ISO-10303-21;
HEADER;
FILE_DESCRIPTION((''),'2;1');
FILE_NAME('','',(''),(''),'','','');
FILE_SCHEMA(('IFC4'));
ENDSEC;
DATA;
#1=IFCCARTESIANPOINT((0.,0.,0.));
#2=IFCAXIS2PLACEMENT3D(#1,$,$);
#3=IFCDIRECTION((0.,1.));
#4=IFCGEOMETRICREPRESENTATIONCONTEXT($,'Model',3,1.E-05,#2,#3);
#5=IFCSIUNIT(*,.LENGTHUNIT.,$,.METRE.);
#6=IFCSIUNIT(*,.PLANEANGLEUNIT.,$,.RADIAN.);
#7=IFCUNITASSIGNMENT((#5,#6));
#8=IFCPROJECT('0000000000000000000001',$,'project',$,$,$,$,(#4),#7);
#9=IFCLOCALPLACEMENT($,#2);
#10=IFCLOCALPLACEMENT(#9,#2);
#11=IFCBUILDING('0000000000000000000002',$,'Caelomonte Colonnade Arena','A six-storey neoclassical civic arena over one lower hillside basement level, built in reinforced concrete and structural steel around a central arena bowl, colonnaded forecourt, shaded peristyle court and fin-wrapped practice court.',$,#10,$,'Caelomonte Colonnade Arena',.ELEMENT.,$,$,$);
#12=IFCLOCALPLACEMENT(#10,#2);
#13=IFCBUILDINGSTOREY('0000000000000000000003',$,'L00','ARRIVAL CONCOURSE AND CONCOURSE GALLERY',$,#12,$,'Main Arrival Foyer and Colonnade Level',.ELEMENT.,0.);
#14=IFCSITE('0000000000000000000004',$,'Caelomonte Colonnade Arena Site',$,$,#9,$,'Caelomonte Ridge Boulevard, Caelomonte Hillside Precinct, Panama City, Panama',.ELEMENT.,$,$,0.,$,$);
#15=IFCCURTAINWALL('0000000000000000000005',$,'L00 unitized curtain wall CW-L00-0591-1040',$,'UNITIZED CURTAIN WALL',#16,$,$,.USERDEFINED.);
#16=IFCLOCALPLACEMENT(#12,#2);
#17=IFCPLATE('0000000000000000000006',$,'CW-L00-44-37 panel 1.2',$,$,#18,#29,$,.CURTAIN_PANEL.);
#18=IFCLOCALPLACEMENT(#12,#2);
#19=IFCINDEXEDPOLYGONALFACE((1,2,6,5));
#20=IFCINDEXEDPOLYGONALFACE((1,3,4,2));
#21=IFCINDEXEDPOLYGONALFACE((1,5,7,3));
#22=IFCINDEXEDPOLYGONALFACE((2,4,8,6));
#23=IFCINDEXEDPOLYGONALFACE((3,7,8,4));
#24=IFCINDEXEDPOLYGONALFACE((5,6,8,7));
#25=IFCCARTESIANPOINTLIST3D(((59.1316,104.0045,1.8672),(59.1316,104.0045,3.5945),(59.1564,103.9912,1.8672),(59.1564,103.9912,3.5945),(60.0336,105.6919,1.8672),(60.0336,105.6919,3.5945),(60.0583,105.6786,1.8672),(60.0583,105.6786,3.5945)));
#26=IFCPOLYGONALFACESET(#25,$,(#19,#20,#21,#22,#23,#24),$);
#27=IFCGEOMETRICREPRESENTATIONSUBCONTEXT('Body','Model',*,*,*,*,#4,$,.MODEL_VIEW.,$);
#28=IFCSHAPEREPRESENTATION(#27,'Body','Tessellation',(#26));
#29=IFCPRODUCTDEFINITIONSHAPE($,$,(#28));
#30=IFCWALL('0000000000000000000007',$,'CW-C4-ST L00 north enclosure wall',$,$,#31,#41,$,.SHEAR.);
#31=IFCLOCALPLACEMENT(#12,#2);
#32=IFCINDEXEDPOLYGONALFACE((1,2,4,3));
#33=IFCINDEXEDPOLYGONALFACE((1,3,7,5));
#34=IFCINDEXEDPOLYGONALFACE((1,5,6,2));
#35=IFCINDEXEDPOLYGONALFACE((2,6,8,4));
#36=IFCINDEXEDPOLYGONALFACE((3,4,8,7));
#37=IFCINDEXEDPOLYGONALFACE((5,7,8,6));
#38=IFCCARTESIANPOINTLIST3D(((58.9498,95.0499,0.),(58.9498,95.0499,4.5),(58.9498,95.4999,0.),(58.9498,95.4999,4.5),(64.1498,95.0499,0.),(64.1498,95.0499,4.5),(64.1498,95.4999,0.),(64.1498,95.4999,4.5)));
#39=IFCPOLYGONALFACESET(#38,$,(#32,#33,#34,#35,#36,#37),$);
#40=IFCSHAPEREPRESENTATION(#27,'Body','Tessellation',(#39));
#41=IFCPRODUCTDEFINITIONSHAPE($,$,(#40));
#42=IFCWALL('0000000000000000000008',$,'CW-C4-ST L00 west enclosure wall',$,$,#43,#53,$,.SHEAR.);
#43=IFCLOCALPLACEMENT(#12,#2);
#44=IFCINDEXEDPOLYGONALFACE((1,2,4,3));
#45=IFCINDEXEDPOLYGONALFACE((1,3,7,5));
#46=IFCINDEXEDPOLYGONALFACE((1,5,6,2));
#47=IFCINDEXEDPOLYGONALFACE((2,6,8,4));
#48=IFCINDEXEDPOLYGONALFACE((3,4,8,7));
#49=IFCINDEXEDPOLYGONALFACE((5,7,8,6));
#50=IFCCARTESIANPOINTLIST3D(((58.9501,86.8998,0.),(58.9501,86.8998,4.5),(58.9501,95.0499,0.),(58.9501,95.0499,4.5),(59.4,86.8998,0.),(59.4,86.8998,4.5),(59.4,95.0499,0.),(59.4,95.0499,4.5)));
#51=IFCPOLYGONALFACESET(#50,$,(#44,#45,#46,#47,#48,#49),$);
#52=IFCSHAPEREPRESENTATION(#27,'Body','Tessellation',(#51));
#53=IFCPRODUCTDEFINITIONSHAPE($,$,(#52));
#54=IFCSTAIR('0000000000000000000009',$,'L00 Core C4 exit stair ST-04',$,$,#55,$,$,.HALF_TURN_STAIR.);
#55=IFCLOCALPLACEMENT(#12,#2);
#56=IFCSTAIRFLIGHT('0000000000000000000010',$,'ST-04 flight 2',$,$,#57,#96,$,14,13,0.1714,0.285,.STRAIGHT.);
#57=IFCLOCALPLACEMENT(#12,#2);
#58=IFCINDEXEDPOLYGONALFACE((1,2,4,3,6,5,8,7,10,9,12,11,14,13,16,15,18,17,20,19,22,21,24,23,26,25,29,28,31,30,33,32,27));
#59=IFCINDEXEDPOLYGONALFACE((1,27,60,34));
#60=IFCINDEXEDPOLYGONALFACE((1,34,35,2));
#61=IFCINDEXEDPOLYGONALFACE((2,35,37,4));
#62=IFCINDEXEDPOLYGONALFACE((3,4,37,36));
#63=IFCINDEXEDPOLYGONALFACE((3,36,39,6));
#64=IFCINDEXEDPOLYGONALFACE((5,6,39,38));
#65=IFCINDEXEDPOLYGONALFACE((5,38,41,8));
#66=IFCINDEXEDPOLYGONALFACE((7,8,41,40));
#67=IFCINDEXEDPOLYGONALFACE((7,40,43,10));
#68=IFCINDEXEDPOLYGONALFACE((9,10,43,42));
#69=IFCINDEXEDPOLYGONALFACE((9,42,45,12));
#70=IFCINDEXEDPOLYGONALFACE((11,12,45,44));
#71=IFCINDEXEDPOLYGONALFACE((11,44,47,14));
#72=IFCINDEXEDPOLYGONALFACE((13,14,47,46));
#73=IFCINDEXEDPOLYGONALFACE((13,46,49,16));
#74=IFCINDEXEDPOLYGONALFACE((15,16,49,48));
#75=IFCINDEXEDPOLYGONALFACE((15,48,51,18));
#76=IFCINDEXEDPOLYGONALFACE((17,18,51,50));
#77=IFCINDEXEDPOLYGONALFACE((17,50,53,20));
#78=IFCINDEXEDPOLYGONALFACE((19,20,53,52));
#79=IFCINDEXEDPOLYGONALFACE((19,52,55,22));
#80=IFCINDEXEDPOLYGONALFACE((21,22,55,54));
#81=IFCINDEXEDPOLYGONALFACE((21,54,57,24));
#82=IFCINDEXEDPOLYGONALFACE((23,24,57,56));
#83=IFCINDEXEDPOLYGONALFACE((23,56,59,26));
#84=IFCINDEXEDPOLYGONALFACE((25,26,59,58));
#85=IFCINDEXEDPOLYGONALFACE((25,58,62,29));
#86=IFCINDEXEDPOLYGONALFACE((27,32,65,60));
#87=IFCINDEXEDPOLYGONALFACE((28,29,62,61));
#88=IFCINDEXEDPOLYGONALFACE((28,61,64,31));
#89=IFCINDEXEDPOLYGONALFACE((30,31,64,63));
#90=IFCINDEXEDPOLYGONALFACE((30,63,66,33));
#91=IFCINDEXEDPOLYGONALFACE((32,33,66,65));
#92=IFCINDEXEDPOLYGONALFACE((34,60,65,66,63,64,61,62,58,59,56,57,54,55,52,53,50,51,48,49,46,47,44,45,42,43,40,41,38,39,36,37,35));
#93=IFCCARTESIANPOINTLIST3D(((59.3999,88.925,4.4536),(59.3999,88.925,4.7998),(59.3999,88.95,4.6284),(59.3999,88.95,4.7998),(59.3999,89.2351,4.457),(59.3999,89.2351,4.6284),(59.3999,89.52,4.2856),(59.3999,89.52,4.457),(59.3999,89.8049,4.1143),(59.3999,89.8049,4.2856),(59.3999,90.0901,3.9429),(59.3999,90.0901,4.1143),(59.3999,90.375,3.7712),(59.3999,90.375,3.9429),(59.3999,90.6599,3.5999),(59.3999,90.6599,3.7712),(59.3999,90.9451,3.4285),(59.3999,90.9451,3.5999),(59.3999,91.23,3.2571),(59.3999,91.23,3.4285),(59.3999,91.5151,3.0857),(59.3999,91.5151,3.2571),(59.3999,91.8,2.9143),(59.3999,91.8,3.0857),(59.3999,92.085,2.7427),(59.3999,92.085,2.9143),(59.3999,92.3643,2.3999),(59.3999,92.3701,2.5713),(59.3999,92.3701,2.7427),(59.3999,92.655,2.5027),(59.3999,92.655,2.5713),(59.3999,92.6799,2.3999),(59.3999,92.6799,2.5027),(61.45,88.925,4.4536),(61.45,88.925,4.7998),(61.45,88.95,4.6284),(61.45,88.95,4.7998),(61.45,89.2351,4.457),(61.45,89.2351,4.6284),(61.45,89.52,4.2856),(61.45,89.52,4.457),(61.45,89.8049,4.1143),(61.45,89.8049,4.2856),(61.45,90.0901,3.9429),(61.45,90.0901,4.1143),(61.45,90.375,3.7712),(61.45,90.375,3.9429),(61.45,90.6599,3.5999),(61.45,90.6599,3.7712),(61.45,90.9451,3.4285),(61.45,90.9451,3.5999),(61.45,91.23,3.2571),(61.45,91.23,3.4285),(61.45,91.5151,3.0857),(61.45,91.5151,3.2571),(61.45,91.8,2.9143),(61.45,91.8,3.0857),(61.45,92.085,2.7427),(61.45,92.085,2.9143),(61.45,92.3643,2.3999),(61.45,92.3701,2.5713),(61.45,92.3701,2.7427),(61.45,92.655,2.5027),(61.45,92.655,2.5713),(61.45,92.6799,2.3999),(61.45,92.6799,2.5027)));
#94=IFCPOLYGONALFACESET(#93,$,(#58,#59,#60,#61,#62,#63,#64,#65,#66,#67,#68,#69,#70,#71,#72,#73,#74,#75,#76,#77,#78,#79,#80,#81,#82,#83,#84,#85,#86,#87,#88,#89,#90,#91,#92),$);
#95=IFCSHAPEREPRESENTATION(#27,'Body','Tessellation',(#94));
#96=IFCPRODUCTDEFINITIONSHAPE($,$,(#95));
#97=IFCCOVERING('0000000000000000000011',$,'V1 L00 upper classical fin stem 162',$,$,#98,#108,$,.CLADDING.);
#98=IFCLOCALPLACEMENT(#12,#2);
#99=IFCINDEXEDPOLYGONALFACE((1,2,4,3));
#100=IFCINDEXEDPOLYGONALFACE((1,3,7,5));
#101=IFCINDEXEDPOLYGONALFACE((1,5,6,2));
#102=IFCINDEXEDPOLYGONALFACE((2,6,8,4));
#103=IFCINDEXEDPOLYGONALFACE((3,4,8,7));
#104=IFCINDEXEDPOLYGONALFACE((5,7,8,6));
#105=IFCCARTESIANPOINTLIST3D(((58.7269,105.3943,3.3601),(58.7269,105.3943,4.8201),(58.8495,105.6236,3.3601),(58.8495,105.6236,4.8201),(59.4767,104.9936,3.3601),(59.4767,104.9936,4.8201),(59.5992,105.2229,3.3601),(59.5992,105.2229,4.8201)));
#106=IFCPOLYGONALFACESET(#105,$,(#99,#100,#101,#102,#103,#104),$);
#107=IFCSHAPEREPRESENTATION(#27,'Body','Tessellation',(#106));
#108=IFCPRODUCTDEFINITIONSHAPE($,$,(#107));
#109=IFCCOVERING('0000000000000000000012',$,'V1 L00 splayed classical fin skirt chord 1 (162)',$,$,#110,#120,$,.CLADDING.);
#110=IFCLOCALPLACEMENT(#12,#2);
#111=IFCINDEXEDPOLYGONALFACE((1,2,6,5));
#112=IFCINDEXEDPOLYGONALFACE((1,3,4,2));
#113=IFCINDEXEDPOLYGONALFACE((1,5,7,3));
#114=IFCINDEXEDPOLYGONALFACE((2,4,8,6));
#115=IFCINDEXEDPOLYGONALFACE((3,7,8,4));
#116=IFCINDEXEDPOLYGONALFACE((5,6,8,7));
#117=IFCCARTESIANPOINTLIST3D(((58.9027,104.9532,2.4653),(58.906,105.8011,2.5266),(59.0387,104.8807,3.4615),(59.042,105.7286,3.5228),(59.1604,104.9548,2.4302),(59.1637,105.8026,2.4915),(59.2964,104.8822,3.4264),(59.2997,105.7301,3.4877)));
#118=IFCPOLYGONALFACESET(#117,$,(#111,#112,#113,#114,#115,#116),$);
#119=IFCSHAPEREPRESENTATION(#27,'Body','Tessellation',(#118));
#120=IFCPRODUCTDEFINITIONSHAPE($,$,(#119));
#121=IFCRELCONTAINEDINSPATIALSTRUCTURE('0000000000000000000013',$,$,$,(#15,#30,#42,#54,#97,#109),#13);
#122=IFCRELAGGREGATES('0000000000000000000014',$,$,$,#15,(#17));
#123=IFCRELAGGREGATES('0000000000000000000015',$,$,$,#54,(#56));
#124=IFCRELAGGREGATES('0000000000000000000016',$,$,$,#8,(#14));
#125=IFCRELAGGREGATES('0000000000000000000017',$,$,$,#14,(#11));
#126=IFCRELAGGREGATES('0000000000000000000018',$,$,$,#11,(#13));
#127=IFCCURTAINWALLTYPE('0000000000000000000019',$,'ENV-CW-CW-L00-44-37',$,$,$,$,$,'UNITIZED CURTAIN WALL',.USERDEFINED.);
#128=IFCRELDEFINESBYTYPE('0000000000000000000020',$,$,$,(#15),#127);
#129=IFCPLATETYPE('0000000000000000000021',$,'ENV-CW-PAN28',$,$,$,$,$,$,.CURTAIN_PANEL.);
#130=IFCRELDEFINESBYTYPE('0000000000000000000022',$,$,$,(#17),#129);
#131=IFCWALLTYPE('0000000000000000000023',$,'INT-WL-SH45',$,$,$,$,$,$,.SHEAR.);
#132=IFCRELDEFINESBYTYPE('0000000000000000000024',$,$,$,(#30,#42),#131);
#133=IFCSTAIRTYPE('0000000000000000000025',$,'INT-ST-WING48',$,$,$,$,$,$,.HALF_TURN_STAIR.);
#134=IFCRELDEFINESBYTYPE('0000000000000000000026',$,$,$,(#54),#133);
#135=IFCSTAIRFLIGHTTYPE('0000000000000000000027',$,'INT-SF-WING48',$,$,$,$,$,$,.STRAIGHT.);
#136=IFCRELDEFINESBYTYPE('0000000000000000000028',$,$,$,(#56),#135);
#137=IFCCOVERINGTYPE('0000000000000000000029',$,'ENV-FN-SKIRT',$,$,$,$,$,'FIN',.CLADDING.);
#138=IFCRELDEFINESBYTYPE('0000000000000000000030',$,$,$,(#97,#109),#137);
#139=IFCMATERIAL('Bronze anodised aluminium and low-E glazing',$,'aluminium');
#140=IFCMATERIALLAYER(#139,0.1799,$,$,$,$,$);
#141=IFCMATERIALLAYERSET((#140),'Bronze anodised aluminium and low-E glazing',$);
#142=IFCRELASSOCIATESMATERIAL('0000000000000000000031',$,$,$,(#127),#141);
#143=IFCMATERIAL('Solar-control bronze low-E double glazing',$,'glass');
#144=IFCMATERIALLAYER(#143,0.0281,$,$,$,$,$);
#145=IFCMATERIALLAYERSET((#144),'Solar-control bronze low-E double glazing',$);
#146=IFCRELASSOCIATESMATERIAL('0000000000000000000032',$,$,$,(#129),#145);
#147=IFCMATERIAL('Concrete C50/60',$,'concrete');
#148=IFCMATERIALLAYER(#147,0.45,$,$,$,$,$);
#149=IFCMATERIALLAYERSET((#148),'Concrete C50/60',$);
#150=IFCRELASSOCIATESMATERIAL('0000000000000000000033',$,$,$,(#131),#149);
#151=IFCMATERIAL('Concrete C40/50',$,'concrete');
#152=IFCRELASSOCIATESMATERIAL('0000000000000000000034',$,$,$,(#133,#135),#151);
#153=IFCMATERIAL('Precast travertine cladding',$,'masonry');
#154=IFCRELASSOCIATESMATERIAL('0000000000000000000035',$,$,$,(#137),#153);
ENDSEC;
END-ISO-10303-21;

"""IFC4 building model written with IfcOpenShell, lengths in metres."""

from ifc_helpers import new_model, si_unit, direction, frame, frame_2d, origin, origin_2d, place, context, subcontext, project, spatial, polyline, rectangle, outline, extrude, material, layer, layer_set, material_profile, profile_set, type_object, element, aggregate, save


model = new_model("IFC4")

# Units and contexts
model_context = context("Model", 3, precision=1e-05, world=origin(), true_north=direction((0.0, 1.0)))
body_context = subcontext(model_context, "Body", "Model", "MODEL_VIEW")
ifc_project = project(units=[si_unit("LENGTHUNIT", "METRE"), si_unit("PLANEANGLEUNIT", "RADIAN")], contexts=[model_context])

# Site, building, storey
site_placement = place(None, origin())
site = spatial("IfcSite", under=ifc_project, at=site_placement, Name="Caelomonte Colonnade Arena Site", LongName="Caelomonte Ridge Boulevard, Caelomonte Hillside Precinct, Panama City, Panama", CompositionType="ELEMENT", RefElevation=0.0)
building_placement = place(site_placement, origin())
building = spatial("IfcBuilding", under=site, at=building_placement, Name="Caelomonte Colonnade Arena", Description="A six-storey neoclassical civic arena over one lower hillside basement level, built in reinforced concrete and structural steel around a central arena bowl, colonnaded forecourt, shaded peristyle court and fin-wrapped practice court.", LongName="Caelomonte Colonnade Arena", CompositionType="ELEMENT")
storey_placement = place(building_placement, origin())
storey = spatial("IfcBuildingStorey", under=building, at=storey_placement, Name="L00", Description="ARRIVAL CONCOURSE AND CONCOURSE GALLERY", LongName="Main Arrival Foyer and Colonnade Level", CompositionType="ELEMENT", Elevation=0.0)

# Shared definitions
ifc_material_1 = material(Name="Concrete C50/60", Category="concrete")

# Shared definitions
ifc_material_2 = material(Name="Bronze anodised aluminium and low-E glazing", Category="aluminium")
ifc_layer_1 = layer(ifc_material_2, 0.1799)
ifc_layer_set_1 = layer_set([ifc_layer_1], Name="Bronze anodised aluminium and low-E glazing")
curtain_wall_type = type_object("IfcCurtainWallType", Name="ENV-CW-CW-L00-44-37", ElementType="UNITIZED CURTAIN WALL", PredefinedType="USERDEFINED", material=ifc_layer_set_1)

# Curtain wall
curtain_wall_1_placement = place(storey_placement, origin())
curtain_wall_1 = element("IfcCurtainWall", 1, at=curtain_wall_1_placement, inside=storey, type_object=curtain_wall_type, Name="L00 unitized curtain wall CW-L00-0591-1040", ObjectType="UNITIZED CURTAIN WALL", PredefinedType="USERDEFINED")

# Shared definitions
ifc_material_3 = material(Name="Concrete C40/50", Category="concrete")

# Plate
ifc_material_4 = material(Name="Solar-control bronze low-E double glazing", Category="glass")
ifc_layer_2 = layer(ifc_material_4, 0.0281)
ifc_layer_set_2 = layer_set([ifc_layer_2], Name="Solar-control bronze low-E double glazing")
plate_type = type_object("IfcPlateType", Name="ENV-CW-PAN28", PredefinedType="CURTAIN_PANEL", material=ifc_layer_set_2)
plate_1_placement = place(storey_placement, frame((59.595, 104.8416, 1.8672), z_axis=(0.0, 0.0, 1.0), x_axis=(-0.471394, -0.881923, 0.0)))
plate_1 = element("IfcPlate", 2, at=plate_1_placement, type_object=plate_type, Name="CW-L00-44-37 panel 1.2", PredefinedType="CURTAIN_PANEL", context=body_context, shape_type="SweptSolid", body=[
    extrude(rectangle(XDim=1.9133, YDim=0.0281, at=origin_2d()), origin(), (0.0, 0.0, 1.0), 1.7273),
])
aggregate(curtain_wall_1, [plate_1])

# Walls
ifc_layer_3 = layer(ifc_material_1, 0.45)
ifc_layer_set_3 = layer_set([ifc_layer_3], Name="Concrete C50/60")
wall_type = type_object("IfcWallType", Name="INT-WL-SH45", PredefinedType="SHEAR", material=ifc_layer_set_3)
wall_1_placement = place(storey_placement, frame((64.1499, 95.2749, 0.0), z_axis=(0.0, 0.0, 1.0), x_axis=(-1.0, 0.0, 0.0)))
element("IfcWall", 3, at=wall_1_placement, inside=storey, type_object=wall_type, Name="CW-C4-ST L00 north enclosure wall", PredefinedType="SHEAR", context=body_context, shape_type="SweptSolid", body=[
    extrude(rectangle(XDim=5.2, YDim=0.45, at=frame_2d((2.6001, 0.0))), origin(), (0.0, 0.0, 1.0), 4.5),
])
wall_2_placement = place(storey_placement, frame((59.175, 95.05, 0.0), z_axis=(0.0, 0.0, 1.0), x_axis=(0.0, -1.0, 0.0)))
element("IfcWall", 4, at=wall_2_placement, inside=storey, type_object=wall_type, Name="CW-C4-ST L00 west enclosure wall", PredefinedType="SHEAR", context=body_context, shape_type="SweptSolid", body=[
    extrude(rectangle(XDim=8.1501, YDim=0.45, at=frame_2d((4.0752, 0.0))), origin(), (0.0, 0.0, 1.0), 4.5),
])

# Stair, stair flight
stair_type = type_object("IfcStairType", Name="INT-ST-WING48", PredefinedType="HALF_TURN_STAIR", material=ifc_material_3)
stair_placement = place(storey_placement, origin())
stair = element("IfcStair", 5, at=stair_placement, inside=storey, type_object=stair_type, Name="L00 Core C4 exit stair ST-04", PredefinedType="HALF_TURN_STAIR")
stair_flight_type = type_object("IfcStairFlightType", Name="INT-SF-WING48", PredefinedType="STRAIGHT", material=ifc_material_3)
stair_flight_placement = place(storey_placement, frame((60.425, 92.655, 2.3999), z_axis=(0.0, 0.0, 1.0), x_axis=(0.0, -1.0, 0.0)))
stair_flight = element("IfcStairFlight", 6, at=stair_flight_placement, type_object=stair_flight_type, Name="ST-04 flight 2", NumberOfRisers=14, NumberOfTreads=13, PredefinedType="STRAIGHT", RiserHeight=0.1714, TreadLength=0.285, context=body_context, shape_type="SweptSolid", body=[
    extrude(outline(polyline([(-0.0249, 0.0), (-0.0249, 0.1028), (0.0, 0.1028), (0.0, 0.1714), (0.2849, 0.1714), (0.2849, 0.3428), (0.5701, 0.3428), (0.5701, 0.5144), (0.855, 0.5144), (0.855, 0.6858), (1.1399, 0.6858), (1.1399, 0.8572), (1.425, 0.8572), (1.425, 1.0286), (1.71, 1.0286), (1.71, 1.2), (1.9951, 1.2), (1.9951, 1.3713), (2.28, 1.3713), (2.28, 1.543), (2.5649, 1.543), (2.5649, 1.7144), (2.8501, 1.7144), (2.8501, 1.8857), (3.135, 1.8857), (3.135, 2.0571), (3.4199, 2.0571), (3.4199, 2.2285), (3.7051, 2.2285), (3.7051, 2.3999), (3.73, 2.3999), (3.73, 2.0537), (0.2908, 0.0), (-0.0249, 0.0)])), frame((0.0, 1.0249, 0.0), z_axis=(0.0, -1.0, 0.0), x_axis=(1.0, 0.0, 0.0)), (0.0, 0.0, 1.0), 2.05),
])
aggregate(stair, [stair_flight])

# Coverings
ifc_material_5 = material(Name="Precast travertine cladding", Category="masonry")
ifc_material_profile_1 = material_profile(ifc_material_5, rectangle(XDim=0.26, YDim=0.8501, at=origin_2d()), Name="FIN260X850")
ifc_profile_set_1 = profile_set([ifc_material_profile_1], Name="Precast travertine cladding")
covering_type = type_object("IfcCoveringType", Name="ENV-FN-SKIRT", ElementType="FIN", PredefinedType="CLADDING", material=ifc_profile_set_1)
covering_1_placement = place(storey_placement, frame((59.1631, 105.3086, 3.3601), z_axis=(0.0, 0.0, 1.0), x_axis=(0.471397, 0.881921, 0.0)))
element("IfcCovering", 7, at=covering_1_placement, inside=storey, type_object=covering_type, Name="V1 L00 upper classical fin stem 162", PredefinedType="CLADDING", context=body_context, shape_type="SweptSolid", body=[
    extrude(rectangle(XDim=0.26, YDim=0.8501, at=origin_2d()), origin(), (0.0, 0.0, 1.0), 1.46),
])
covering_2_placement = place(storey_placement, frame((59.1692, 105.3054, 3.4746), z_axis=(-0.134914, 0.071938, -0.988242), x_axis=(-0.99085, -0.005889, 0.134842)))
element("IfcCovering", 8, at=covering_2_placement, inside=storey, type_object=covering_type, Name="V1 L00 splayed classical fin skirt chord 1 (162)", PredefinedType="CLADDING", context=body_context, shape_type="SweptSolid", body=[
    extrude(rectangle(XDim=0.26, YDim=0.8501, at=origin_2d()), origin(), (0.0, 0.0, 1.0), 1.0081),
])

save(model, "model.ifc")
